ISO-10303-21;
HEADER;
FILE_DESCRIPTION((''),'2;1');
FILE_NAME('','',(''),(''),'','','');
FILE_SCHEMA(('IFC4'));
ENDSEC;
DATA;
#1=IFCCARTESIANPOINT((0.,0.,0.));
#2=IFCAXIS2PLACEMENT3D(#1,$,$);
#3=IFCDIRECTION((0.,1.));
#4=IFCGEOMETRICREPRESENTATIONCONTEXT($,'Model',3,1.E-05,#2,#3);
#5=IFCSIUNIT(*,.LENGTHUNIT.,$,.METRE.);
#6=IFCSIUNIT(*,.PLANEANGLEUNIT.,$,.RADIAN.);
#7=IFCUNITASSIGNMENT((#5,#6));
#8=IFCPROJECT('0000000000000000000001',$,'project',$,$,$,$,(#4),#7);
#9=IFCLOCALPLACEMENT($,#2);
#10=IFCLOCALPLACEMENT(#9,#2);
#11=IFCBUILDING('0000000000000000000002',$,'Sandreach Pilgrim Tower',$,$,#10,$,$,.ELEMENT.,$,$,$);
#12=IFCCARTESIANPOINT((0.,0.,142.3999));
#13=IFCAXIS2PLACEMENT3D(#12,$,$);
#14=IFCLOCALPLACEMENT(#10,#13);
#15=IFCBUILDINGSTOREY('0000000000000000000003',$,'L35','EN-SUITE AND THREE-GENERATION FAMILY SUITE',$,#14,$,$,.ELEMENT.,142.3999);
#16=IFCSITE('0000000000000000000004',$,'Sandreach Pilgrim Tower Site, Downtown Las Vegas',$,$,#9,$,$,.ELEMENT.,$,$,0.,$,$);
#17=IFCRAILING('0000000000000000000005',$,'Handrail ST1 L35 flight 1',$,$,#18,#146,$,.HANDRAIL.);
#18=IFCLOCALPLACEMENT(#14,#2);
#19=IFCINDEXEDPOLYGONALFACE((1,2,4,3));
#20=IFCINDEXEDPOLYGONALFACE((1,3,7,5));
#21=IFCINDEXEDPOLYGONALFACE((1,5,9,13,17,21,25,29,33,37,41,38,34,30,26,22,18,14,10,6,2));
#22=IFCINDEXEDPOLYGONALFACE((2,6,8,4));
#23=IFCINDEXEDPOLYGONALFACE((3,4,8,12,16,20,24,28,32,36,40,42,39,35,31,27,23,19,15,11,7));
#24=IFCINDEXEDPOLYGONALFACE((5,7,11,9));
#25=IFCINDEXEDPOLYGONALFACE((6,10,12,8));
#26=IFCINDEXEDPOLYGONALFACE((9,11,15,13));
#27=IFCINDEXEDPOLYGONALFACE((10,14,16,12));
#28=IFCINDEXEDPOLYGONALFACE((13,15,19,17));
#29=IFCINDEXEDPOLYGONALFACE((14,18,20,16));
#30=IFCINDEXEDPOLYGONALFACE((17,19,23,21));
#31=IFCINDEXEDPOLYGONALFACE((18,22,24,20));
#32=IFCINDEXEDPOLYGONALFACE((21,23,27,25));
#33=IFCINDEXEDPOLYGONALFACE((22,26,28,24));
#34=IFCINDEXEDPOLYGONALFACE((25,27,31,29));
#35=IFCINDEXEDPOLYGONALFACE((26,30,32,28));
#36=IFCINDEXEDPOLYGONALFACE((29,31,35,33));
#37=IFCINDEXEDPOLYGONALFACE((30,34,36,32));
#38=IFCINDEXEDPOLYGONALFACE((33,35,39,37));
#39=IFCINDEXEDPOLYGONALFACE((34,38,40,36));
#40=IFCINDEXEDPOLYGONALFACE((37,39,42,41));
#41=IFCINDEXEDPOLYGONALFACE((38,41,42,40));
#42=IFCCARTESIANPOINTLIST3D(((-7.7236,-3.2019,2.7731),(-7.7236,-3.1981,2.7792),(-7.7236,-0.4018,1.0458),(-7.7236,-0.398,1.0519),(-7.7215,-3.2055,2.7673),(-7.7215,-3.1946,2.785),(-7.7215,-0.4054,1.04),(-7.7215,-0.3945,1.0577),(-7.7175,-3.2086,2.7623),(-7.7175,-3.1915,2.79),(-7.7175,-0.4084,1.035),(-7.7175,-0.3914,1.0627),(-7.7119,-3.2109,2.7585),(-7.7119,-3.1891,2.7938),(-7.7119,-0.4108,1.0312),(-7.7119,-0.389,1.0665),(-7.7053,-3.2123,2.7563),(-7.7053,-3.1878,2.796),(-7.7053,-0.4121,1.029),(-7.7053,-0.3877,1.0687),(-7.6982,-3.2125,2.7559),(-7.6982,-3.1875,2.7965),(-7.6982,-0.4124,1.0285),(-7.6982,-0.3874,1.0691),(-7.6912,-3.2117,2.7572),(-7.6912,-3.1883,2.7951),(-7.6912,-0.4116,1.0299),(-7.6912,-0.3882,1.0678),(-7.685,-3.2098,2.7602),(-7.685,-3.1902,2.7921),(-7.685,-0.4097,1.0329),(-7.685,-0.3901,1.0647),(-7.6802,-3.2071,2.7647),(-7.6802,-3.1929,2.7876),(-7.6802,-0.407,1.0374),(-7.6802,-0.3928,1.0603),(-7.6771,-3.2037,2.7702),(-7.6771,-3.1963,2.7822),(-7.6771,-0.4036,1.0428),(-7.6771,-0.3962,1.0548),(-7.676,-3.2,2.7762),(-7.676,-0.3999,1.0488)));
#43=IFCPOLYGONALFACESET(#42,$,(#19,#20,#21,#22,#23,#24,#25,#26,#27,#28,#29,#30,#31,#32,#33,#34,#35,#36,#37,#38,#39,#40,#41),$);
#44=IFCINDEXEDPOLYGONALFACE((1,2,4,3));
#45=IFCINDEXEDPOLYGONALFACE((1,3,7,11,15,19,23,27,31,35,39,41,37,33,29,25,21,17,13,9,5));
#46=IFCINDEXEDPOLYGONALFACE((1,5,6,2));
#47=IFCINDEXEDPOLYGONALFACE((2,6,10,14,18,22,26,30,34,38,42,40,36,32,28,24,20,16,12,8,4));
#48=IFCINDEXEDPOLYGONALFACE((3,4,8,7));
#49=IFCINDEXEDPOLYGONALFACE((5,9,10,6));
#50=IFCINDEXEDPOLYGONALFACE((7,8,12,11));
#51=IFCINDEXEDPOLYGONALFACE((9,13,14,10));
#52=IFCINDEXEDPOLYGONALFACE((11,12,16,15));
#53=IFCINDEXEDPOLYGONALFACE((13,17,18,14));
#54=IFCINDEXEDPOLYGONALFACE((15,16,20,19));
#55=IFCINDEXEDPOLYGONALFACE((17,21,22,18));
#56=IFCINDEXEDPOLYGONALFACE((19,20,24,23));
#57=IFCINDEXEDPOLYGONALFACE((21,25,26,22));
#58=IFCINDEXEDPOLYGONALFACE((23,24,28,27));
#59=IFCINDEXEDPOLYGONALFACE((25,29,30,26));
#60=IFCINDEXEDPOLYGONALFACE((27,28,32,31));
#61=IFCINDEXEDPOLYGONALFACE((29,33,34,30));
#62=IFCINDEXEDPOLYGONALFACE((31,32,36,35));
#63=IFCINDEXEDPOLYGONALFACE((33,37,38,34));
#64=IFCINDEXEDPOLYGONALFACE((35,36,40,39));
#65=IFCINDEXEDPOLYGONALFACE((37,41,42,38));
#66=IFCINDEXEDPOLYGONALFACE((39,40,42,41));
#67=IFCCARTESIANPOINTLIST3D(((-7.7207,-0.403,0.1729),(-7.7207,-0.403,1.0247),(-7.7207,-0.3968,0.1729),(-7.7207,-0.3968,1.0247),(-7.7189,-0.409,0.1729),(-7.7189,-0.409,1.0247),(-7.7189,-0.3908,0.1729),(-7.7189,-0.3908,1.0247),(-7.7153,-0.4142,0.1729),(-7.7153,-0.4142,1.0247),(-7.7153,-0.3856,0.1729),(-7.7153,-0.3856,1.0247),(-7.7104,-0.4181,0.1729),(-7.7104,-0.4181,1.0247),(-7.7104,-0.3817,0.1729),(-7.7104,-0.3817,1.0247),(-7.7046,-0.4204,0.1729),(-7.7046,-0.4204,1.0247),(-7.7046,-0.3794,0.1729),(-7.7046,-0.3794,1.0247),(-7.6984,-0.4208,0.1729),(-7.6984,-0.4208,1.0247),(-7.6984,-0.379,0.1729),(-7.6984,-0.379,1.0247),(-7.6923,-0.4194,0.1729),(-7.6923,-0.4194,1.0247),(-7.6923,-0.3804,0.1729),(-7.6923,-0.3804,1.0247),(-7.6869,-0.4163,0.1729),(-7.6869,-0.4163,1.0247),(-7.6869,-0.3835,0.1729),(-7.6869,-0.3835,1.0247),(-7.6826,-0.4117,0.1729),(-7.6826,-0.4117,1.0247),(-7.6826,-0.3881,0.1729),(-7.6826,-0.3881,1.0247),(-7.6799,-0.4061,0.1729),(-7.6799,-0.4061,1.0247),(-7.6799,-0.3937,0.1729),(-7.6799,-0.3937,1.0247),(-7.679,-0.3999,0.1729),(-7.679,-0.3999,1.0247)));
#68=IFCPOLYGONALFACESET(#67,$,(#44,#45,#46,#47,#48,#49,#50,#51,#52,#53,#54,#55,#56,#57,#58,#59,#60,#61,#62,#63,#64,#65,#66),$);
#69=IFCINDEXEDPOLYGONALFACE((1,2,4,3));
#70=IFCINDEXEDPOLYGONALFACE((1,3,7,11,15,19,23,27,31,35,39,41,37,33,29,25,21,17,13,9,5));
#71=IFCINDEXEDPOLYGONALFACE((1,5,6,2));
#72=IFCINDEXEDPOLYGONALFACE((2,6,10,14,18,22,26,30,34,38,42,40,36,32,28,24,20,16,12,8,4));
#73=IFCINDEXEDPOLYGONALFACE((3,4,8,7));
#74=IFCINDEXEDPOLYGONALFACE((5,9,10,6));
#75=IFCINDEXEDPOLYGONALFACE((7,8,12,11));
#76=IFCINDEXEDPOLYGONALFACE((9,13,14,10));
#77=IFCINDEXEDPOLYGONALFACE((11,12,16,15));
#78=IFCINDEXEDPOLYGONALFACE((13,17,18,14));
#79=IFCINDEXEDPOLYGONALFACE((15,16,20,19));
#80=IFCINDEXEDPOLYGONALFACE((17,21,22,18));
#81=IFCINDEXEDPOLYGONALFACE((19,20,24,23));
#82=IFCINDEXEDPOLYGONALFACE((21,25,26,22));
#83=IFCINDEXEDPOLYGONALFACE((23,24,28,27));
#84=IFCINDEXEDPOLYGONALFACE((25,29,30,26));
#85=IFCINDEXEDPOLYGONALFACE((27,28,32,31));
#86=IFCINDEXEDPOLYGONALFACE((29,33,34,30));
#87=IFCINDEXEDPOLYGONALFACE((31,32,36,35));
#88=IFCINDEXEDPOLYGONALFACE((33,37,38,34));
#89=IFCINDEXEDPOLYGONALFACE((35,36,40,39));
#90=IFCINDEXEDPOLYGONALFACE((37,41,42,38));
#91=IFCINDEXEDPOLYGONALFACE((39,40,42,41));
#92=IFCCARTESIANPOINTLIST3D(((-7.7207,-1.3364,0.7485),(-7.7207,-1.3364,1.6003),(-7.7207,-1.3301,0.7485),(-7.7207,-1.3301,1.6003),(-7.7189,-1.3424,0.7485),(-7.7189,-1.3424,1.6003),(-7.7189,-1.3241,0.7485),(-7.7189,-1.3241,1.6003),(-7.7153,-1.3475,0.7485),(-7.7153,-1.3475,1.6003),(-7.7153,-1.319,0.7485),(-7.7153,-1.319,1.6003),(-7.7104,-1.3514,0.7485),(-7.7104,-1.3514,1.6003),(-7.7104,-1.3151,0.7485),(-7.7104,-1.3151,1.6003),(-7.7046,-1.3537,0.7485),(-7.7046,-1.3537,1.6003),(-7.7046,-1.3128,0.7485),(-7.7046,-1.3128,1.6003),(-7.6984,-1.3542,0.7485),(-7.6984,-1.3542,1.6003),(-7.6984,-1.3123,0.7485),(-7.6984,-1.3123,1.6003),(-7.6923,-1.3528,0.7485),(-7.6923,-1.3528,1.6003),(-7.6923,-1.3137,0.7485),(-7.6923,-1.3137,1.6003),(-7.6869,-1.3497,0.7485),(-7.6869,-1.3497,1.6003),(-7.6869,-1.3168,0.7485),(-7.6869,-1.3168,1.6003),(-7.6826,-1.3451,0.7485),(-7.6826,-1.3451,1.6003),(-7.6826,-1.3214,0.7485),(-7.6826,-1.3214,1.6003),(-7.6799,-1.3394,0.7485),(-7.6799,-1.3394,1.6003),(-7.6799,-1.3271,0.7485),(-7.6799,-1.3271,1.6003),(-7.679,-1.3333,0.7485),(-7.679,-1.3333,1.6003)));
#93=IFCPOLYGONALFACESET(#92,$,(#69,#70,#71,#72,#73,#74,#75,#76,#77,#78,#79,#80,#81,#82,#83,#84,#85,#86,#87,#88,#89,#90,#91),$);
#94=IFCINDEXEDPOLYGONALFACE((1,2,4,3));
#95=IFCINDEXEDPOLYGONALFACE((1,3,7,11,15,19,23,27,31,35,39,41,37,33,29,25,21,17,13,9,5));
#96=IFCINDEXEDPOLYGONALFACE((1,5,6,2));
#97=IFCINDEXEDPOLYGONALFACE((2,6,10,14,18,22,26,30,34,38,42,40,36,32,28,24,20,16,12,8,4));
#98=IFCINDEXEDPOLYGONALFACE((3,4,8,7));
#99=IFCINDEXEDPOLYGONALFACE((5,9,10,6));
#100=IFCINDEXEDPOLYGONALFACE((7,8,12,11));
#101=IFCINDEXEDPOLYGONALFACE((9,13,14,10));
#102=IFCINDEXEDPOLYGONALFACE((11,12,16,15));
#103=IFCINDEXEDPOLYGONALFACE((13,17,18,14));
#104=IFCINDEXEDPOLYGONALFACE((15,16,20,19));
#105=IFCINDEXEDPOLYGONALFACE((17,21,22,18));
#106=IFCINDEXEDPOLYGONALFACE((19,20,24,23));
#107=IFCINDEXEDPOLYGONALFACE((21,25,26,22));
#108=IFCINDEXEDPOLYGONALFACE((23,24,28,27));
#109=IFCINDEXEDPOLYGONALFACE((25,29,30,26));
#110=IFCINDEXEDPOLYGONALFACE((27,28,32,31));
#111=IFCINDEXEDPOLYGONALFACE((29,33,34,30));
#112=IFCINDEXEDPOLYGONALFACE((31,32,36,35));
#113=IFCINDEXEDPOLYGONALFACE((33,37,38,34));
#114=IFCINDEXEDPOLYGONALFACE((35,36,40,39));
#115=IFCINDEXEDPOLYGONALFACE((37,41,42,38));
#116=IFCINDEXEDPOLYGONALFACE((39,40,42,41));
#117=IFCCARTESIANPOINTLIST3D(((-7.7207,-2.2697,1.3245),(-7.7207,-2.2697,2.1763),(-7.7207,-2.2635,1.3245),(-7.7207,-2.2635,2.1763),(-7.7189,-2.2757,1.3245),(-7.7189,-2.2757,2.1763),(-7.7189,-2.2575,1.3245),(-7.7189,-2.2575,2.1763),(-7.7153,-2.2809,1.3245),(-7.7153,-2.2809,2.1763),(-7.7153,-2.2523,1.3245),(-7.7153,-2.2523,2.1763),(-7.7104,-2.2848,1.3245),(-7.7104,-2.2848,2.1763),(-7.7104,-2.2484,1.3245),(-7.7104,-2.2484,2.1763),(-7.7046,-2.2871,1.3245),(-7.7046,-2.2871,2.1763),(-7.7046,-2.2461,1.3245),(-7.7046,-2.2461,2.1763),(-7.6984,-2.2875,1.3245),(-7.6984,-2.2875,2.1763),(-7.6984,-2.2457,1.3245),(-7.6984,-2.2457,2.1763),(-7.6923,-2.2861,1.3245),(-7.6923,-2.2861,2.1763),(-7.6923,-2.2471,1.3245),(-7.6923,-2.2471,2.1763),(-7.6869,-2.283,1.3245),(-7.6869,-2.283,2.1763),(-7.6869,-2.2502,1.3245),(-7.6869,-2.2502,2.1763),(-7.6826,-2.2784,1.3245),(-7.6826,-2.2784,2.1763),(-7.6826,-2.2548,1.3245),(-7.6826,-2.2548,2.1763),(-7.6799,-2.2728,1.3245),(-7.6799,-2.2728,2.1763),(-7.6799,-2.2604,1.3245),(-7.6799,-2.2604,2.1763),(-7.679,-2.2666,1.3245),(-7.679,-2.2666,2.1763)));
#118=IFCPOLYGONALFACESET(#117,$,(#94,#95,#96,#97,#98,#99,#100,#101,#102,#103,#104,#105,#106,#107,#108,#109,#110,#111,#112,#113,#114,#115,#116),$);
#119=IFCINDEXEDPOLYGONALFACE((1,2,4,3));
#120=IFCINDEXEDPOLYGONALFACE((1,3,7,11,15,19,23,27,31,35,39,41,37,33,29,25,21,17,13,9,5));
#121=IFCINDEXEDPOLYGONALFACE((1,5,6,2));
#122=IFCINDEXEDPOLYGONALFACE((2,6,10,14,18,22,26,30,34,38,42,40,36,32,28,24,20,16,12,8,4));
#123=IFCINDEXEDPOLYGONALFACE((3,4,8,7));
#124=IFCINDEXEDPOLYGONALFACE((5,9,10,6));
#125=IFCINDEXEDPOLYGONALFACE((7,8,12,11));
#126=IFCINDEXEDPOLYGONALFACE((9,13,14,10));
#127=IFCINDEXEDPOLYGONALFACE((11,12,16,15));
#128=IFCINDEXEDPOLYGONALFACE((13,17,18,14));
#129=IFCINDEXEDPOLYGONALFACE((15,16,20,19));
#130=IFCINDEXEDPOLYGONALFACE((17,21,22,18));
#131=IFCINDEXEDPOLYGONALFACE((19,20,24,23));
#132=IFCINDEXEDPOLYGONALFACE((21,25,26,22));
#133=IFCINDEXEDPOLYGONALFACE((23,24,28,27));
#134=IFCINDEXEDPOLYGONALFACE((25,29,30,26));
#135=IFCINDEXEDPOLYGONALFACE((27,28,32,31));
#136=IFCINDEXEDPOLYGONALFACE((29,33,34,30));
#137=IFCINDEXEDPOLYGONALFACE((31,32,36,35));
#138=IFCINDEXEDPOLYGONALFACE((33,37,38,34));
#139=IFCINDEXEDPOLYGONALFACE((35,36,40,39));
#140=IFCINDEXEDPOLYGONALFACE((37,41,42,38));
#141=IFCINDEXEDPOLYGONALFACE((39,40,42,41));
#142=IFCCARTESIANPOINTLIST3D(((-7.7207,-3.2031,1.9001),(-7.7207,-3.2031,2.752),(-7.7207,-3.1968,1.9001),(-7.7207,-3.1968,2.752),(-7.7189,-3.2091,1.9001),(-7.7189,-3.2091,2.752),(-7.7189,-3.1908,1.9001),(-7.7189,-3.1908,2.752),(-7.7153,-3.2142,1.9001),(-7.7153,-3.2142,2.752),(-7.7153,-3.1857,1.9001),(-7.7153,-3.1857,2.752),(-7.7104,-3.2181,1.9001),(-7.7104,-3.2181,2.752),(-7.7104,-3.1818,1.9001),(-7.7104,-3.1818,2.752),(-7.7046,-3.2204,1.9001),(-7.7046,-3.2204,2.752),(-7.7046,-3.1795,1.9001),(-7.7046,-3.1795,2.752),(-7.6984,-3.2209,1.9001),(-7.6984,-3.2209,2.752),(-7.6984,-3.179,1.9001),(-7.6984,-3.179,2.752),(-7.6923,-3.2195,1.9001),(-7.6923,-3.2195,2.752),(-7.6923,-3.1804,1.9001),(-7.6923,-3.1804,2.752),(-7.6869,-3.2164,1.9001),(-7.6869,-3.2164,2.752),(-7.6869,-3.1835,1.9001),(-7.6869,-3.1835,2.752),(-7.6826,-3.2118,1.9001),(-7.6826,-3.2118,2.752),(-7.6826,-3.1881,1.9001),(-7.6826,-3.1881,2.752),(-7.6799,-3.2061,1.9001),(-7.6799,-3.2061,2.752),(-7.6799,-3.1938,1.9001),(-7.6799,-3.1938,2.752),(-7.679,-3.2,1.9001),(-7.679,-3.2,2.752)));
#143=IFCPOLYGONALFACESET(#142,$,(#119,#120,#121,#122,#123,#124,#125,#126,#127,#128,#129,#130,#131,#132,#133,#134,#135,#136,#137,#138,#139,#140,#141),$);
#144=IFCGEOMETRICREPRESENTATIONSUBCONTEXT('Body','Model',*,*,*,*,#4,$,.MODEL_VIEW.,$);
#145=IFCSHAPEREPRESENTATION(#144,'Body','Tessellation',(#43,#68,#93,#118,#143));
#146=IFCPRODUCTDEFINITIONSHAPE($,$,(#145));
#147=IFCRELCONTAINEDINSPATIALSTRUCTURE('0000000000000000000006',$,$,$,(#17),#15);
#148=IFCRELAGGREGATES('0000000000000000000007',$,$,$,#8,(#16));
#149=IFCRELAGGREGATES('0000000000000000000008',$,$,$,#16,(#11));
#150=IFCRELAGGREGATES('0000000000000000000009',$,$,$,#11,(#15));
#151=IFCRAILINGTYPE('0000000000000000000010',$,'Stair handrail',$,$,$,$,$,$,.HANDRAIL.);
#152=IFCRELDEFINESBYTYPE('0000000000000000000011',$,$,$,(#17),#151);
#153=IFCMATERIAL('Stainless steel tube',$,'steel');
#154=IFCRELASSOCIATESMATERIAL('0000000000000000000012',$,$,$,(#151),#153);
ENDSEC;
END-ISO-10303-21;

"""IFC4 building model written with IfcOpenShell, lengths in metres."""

from ifc_helpers import new_model, si_unit, direction, frame, origin, origin_2d, place, context, subcontext, project, spatial, circle, extrude, material, type_object, element, save


model = new_model("IFC4")

# Units and contexts
model_context = context("Model", 3, precision=1e-05, world=origin(), true_north=direction((0.0, 1.0)))
body_context = subcontext(model_context, "Body", "Model", "MODEL_VIEW")
ifc_project = project(units=[si_unit("LENGTHUNIT", "METRE"), si_unit("PLANEANGLEUNIT", "RADIAN")], contexts=[model_context])

# Site, building, storey
site_placement = place(None, origin())
site = spatial("IfcSite", under=ifc_project, at=site_placement, Name="Sandreach Pilgrim Tower Site, Downtown Las Vegas", CompositionType="ELEMENT", RefElevation=0.0)
building_placement = place(site_placement, origin())
building = spatial("IfcBuilding", under=site, at=building_placement, Name="Sandreach Pilgrim Tower", CompositionType="ELEMENT")
storey_placement = place(building_placement, frame((0.0, 0.0, 142.3999)))
storey = spatial("IfcBuildingStorey", under=building, at=storey_placement, Name="L35", Description="EN-SUITE AND THREE-GENERATION FAMILY SUITE", CompositionType="ELEMENT", Elevation=142.3999)

# Railing
ifc_material_1 = material(Name="Stainless steel tube", Category="steel")
railing_type = type_object("IfcRailingType", Name="Stair handrail", PredefinedType="HANDRAIL", material=ifc_material_1)
for number, where, name in (
    (1, (-7.7, -0.3999, 0.1729), "Handrail ST1 L35 flight 1"),
):
    element("IfcRailing", number, at=place(storey_placement, frame(where)), inside=storey, type_object=railing_type, Name=name, PredefinedType="HANDRAIL", context=body_context, shape_type="SweptSolid", body=[
        extrude(circle(Radius=0.0239, at=origin_2d()), frame((0.0, 0.0, 0.876), z_axis=(0.0, -0.85109, 0.52502), x_axis=(1.0, 0.0, 0.0)), (0.0, 0.0, 1.0), 3.29),
        extrude(circle(Radius=0.021, at=origin_2d()), origin(), (0.0, 0.0, 1.0), 0.8518),
        extrude(circle(Radius=0.021, at=origin_2d()), frame((0.0, -0.9333, 0.5757)), (0.0, 0.0, 1.0), 0.8518),
        extrude(circle(Radius=0.021, at=origin_2d()), frame((0.0, -1.8667, 1.1516)), (0.0, 0.0, 1.0), 0.8518),
        extrude(circle(Radius=0.021, at=origin_2d()), frame((0.0, -2.8, 1.7273)), (0.0, 0.0, 1.0), 0.8518),
    ])

save(model, "model.ifc")
